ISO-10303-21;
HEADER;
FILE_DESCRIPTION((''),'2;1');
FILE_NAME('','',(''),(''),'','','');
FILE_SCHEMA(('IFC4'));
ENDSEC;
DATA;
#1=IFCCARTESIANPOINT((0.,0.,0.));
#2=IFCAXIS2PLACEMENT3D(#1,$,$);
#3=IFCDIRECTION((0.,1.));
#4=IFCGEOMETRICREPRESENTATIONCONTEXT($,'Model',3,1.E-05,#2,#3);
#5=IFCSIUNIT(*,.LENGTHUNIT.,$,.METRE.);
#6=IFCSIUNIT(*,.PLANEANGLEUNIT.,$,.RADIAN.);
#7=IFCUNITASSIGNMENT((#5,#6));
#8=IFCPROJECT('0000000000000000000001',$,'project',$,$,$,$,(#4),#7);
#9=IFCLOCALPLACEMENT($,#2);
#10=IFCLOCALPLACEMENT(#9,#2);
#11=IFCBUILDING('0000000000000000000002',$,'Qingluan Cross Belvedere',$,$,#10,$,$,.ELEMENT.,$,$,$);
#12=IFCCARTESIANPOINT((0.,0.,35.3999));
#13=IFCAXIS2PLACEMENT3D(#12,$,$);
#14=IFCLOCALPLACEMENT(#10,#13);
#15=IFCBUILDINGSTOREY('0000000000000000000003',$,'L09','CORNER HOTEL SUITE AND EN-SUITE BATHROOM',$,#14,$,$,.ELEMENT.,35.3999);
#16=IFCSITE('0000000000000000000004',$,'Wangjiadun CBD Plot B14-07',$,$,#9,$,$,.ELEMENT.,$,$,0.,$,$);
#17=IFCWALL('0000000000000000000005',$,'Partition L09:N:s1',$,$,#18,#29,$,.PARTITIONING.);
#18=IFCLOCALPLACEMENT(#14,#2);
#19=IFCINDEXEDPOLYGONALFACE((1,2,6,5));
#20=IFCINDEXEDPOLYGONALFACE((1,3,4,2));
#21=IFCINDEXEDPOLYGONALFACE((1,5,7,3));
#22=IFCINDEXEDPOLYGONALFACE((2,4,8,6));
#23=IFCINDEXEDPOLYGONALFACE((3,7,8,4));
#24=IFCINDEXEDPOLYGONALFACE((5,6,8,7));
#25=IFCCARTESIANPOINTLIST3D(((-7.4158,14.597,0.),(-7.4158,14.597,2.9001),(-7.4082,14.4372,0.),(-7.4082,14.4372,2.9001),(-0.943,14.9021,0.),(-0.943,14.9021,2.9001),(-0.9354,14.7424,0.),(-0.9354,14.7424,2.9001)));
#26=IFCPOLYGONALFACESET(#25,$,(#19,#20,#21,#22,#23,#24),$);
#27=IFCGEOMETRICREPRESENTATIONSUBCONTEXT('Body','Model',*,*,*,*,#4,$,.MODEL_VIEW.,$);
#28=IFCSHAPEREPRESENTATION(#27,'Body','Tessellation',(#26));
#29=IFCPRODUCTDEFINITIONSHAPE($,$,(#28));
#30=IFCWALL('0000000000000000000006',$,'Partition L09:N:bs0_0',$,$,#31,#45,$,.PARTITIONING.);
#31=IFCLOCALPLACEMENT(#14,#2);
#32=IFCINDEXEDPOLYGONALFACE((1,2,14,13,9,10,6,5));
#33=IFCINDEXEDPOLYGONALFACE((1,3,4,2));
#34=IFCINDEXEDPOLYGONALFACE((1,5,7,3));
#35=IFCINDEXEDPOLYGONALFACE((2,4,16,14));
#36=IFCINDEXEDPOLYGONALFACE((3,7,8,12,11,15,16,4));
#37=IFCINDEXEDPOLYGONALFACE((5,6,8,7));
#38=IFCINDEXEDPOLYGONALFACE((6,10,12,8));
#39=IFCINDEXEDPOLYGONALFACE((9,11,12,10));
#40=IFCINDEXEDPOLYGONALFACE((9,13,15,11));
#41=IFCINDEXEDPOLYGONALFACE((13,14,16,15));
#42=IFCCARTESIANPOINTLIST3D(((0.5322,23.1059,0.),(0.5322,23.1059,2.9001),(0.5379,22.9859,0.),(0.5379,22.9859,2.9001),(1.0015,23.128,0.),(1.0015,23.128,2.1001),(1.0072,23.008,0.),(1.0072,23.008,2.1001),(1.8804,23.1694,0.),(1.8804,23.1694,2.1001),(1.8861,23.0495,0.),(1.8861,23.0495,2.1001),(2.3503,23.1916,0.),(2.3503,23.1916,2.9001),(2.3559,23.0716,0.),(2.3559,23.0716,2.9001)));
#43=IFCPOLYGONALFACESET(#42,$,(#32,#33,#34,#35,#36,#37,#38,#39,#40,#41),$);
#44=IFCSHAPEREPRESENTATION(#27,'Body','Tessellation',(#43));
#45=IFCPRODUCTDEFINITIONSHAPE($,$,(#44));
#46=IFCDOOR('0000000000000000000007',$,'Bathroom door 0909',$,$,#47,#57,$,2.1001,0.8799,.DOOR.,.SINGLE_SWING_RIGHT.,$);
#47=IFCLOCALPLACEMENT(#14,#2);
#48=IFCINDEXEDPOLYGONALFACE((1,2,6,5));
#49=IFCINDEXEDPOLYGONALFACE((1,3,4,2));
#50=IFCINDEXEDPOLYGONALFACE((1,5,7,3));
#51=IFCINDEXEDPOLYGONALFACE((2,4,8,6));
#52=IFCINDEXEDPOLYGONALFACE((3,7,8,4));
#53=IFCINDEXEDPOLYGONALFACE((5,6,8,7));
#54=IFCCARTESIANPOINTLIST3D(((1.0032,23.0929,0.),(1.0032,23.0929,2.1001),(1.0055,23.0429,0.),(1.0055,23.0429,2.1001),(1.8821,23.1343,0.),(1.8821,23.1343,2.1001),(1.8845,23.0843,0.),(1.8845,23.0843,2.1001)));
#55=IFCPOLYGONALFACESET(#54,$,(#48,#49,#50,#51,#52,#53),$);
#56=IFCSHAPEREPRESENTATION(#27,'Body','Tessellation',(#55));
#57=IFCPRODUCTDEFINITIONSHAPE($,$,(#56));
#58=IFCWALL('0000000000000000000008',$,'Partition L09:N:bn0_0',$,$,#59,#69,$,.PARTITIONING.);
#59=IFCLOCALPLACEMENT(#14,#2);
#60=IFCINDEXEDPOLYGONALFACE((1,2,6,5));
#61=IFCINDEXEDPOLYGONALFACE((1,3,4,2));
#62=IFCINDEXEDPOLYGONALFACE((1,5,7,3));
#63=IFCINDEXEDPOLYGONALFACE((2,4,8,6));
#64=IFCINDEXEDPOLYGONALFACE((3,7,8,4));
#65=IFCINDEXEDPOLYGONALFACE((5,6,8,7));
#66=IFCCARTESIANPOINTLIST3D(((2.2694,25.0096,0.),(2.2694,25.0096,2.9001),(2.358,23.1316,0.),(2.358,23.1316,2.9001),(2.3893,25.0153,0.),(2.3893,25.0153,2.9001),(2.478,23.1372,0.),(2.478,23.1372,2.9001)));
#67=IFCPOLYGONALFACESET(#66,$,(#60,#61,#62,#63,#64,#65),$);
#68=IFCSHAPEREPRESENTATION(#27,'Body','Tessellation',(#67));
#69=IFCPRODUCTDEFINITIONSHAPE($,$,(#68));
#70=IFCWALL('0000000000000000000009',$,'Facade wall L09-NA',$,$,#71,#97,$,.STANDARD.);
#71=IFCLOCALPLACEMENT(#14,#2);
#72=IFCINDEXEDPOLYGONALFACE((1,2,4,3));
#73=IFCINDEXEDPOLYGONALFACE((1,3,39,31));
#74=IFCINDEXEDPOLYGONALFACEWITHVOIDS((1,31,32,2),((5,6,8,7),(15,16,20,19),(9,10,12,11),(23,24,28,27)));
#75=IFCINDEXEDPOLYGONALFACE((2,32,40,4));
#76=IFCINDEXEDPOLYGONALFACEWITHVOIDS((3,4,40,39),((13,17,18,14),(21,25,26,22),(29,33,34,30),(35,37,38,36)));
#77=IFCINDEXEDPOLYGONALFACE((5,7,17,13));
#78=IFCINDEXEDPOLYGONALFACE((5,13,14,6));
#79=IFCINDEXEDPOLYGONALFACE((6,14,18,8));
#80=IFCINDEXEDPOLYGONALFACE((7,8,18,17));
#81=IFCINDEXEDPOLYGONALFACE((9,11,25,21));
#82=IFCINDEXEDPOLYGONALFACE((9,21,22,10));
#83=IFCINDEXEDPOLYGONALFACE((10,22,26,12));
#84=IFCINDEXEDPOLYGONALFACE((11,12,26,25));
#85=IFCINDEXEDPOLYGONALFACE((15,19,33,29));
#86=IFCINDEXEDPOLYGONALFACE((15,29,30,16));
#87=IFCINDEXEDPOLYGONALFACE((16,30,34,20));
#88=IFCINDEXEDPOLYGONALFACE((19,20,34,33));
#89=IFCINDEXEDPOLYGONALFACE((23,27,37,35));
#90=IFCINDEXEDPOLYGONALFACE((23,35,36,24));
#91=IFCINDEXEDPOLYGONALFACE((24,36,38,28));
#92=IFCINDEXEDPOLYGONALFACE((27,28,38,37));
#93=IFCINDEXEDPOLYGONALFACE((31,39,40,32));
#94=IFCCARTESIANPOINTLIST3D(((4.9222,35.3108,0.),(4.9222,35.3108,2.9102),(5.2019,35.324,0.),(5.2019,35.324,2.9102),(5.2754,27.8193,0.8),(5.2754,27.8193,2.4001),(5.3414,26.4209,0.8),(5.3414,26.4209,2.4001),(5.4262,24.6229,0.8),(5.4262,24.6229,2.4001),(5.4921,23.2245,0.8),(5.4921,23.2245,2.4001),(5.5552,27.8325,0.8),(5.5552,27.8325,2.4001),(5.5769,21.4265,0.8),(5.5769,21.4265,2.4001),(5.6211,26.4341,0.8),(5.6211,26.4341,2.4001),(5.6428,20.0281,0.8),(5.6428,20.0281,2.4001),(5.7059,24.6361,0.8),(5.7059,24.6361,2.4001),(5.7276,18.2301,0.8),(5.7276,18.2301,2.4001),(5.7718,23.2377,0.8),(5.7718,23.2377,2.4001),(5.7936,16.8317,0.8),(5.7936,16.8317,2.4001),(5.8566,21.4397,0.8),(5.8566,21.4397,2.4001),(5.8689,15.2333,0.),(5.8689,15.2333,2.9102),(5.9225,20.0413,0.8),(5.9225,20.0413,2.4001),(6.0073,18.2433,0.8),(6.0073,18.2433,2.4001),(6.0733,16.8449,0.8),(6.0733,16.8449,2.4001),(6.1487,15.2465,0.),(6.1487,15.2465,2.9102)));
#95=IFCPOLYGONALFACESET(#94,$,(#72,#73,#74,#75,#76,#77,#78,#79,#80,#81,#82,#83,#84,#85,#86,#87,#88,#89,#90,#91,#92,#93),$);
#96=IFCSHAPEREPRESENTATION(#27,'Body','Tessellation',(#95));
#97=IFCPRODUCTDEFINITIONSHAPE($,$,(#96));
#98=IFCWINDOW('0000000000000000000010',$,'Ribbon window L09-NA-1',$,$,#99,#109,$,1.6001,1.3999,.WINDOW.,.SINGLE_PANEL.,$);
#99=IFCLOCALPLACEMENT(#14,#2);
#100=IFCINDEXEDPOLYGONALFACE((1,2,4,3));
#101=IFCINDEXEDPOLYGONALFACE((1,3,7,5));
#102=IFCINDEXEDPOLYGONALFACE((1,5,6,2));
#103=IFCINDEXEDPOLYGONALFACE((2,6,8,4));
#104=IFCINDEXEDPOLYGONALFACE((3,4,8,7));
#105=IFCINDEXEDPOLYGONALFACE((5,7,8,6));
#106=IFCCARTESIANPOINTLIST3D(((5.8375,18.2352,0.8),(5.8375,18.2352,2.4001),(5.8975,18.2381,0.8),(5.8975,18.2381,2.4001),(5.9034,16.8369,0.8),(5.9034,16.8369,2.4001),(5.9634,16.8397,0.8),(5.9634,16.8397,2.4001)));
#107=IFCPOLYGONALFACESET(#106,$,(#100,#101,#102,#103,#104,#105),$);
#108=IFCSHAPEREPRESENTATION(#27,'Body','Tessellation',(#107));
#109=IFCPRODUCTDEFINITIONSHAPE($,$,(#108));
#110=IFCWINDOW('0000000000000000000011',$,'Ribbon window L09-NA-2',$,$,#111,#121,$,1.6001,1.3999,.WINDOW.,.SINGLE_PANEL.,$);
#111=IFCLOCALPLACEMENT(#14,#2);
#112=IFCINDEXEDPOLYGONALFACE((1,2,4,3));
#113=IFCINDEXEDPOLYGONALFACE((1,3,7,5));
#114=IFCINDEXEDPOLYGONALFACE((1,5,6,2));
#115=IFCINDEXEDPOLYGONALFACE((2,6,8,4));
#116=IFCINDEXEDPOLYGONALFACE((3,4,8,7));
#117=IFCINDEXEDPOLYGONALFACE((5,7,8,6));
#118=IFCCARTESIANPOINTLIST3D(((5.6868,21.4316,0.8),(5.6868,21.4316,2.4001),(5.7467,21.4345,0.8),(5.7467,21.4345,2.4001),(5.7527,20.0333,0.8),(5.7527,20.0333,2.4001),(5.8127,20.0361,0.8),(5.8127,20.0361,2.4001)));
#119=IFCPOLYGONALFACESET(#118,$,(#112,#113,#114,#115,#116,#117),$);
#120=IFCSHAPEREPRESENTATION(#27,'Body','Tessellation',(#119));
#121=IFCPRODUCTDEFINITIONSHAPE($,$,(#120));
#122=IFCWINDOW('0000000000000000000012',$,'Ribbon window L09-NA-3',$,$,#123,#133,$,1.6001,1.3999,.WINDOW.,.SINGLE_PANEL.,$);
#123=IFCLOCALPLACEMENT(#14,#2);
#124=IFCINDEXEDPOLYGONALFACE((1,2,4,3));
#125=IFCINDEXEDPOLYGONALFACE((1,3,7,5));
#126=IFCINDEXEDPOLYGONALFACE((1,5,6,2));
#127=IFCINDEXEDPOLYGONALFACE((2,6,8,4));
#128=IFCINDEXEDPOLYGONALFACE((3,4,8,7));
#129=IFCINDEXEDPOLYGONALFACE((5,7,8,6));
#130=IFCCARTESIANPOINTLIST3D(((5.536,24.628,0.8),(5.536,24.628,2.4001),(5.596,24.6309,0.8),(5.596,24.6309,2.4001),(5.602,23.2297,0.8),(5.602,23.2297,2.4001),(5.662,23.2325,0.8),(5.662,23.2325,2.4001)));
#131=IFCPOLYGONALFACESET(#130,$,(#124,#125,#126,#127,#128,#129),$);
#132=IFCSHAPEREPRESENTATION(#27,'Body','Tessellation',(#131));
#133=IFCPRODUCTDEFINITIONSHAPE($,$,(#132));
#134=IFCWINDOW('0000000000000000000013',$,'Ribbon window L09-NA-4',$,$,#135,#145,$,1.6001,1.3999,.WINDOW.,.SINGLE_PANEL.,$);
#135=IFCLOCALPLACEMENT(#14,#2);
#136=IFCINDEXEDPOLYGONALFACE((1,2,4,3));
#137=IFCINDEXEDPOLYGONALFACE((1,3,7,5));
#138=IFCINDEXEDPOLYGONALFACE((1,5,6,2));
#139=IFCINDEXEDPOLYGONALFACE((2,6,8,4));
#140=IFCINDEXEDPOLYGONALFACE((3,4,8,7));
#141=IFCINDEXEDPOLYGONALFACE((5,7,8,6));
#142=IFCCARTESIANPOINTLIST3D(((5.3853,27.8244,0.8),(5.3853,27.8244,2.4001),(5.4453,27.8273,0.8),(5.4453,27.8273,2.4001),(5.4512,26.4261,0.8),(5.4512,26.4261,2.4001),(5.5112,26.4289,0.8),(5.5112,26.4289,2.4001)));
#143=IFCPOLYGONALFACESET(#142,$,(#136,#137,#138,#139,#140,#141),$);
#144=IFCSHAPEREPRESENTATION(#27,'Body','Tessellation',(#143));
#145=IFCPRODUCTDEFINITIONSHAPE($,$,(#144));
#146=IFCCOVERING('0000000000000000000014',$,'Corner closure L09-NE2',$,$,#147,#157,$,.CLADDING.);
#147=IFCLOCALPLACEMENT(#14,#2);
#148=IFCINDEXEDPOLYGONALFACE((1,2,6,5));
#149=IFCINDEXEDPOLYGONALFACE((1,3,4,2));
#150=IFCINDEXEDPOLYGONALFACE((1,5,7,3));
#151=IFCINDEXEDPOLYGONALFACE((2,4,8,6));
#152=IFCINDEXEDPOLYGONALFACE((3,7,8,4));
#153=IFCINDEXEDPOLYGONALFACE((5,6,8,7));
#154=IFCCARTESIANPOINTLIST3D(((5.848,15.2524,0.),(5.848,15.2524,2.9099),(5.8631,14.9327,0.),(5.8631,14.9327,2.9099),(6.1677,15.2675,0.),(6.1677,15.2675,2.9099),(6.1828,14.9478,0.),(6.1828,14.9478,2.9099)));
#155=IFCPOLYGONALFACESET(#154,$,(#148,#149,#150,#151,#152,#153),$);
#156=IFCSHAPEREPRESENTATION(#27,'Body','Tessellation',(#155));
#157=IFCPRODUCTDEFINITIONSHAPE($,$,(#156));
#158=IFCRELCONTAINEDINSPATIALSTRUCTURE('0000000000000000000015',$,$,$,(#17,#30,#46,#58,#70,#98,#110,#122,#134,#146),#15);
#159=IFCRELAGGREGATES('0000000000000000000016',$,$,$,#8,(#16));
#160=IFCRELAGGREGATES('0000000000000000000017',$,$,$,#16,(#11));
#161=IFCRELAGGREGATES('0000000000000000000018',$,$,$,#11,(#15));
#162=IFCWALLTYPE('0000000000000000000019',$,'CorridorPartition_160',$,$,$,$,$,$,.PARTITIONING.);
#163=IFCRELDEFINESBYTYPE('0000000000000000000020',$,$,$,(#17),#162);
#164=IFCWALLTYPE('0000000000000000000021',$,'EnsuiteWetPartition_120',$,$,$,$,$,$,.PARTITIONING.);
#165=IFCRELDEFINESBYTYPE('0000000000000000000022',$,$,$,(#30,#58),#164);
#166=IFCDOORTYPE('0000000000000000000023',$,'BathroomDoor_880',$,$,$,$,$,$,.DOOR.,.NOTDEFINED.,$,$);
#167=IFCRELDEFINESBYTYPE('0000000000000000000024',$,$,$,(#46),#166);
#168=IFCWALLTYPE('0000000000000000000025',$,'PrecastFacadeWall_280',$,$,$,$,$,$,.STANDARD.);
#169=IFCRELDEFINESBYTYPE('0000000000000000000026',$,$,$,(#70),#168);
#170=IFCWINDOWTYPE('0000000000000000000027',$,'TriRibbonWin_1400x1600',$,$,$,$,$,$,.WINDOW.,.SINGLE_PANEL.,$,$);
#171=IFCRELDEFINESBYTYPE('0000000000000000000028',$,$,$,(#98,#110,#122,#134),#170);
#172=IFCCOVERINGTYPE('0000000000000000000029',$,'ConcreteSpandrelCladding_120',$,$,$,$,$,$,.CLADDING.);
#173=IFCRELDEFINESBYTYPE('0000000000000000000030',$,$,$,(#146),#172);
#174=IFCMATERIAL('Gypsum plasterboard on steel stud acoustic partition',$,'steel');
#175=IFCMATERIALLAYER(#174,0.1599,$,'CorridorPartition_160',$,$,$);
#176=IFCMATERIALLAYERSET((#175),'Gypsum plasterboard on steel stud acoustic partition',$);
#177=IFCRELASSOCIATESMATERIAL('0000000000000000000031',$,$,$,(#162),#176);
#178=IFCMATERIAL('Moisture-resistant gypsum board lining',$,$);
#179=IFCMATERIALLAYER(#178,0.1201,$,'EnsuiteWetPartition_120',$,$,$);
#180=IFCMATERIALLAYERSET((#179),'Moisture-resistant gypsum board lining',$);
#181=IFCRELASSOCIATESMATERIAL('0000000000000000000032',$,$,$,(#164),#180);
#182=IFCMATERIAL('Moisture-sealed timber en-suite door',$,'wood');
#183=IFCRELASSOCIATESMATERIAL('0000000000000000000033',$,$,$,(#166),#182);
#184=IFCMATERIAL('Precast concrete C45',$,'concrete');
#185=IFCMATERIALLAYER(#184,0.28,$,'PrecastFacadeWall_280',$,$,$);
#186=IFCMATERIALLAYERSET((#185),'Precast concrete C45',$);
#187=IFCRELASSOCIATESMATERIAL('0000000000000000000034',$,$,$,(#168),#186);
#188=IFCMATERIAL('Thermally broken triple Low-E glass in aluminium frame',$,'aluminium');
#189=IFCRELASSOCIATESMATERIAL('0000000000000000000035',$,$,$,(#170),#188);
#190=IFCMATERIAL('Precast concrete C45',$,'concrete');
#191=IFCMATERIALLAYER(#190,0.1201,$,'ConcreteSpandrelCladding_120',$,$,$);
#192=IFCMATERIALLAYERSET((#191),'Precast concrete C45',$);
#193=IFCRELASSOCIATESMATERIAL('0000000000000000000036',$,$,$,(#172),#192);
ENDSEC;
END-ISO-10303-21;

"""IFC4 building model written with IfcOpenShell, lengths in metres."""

from ifc_helpers import new_model, si_unit, direction, frame, frame_2d, origin, origin_2d, place, context, subcontext, project, spatial, rectangle, extrude, material, layer, layer_set, type_object, element, fill, save


model = new_model("IFC4")

# Units and contexts
model_context = context("Model", 3, precision=1e-05, world=origin(), true_north=direction((0.0, 1.0)))
body_context = subcontext(model_context, "Body", "Model", "MODEL_VIEW")
ifc_project = project(units=[si_unit("LENGTHUNIT", "METRE"), si_unit("PLANEANGLEUNIT", "RADIAN")], contexts=[model_context])

# Site, building, storey
site_placement = place(None, origin())
site = spatial("IfcSite", under=ifc_project, at=site_placement, Name="Wangjiadun CBD Plot B14-07", CompositionType="ELEMENT", RefElevation=0.0)
building_placement = place(site_placement, origin())
building = spatial("IfcBuilding", under=site, at=building_placement, Name="Qingluan Cross Belvedere", CompositionType="ELEMENT")
storey_placement = place(building_placement, frame((0.0, 0.0, 35.3999)))
storey = spatial("IfcBuildingStorey", under=building, at=storey_placement, Name="L09", Description="CORNER HOTEL SUITE AND EN-SUITE BATHROOM", CompositionType="ELEMENT", Elevation=35.3999)

# Shared definitions
ifc_material_1 = material(Name="Gypsum plasterboard on steel stud acoustic partition", Category="steel")
ifc_layer_1 = layer(ifc_material_1, 0.1599, Name="CorridorPartition_160")
ifc_layer_set_1 = layer_set([ifc_layer_1], Name="Gypsum plasterboard on steel stud acoustic partition")
wall_type_1 = type_object("IfcWallType", Name="CorridorPartition_160", PredefinedType="PARTITIONING", material=ifc_layer_set_1)

# Wall
wall_1_placement = place(storey_placement, frame((-0.9392, 14.8223, 0.0), z_axis=(0.0, 0.0, 1.0), x_axis=(-0.99889, -0.047094, 0.0)))
element("IfcWall", 1, at=wall_1_placement, inside=storey, type_object=wall_type_1, Name="Partition L09:N:s1", PredefinedType="PARTITIONING", context=body_context, shape_type="SweptSolid", body=[
    extrude(rectangle(XDim=6.48, YDim=0.1599, at=frame_2d((3.24, 0.0))), origin(), (0.0, 0.0, 1.0), 2.9001),
])

# Wall, opening, door
ifc_material_2 = material(Name="Moisture-resistant gypsum board lining")
ifc_layer_2 = layer(ifc_material_2, 0.1201, Name="EnsuiteWetPartition_120")
ifc_layer_set_2 = layer_set([ifc_layer_2], Name="Moisture-resistant gypsum board lining")
wall_type_2 = type_object("IfcWallType", Name="EnsuiteWetPartition_120", PredefinedType="PARTITIONING", material=ifc_layer_set_2)
wall_2_placement = place(storey_placement, frame((0.5349, 23.0459, 0.0), z_axis=(0.0, 0.0, 1.0), x_axis=(0.998891, 0.047081, 0.0)))
wall_2 = element("IfcWall", 2, at=wall_2_placement, inside=storey, type_object=wall_type_2, Name="Partition L09:N:bs0_0", PredefinedType="PARTITIONING", context=body_context, shape_type="SweptSolid", body=[
    extrude(rectangle(XDim=1.8201, YDim=0.1201, at=frame_2d((0.9102, 0.0))), origin(), (0.0, 0.0, 1.0), 2.9001),
])
opening_1_placement = place(wall_2_placement, frame((0.47, 0.0, 0.0)))
opening_1 = element("IfcOpeningElement", 3, at=opening_1_placement, cuts=wall_2, PredefinedType="OPENING", context=body_context, shape_type="SweptSolid", body=[
    extrude(rectangle(XDim=0.8799, YDim=2.1001, at=frame_2d((0.4399, 1.05))), frame((0.0, 0.0701, 0.0), z_axis=(0.0, -1.0, 0.0), x_axis=(1.0, 0.0, 0.0)), (0.0, 0.0, 1.0), 0.1401),
])
ifc_material_3 = material(Name="Moisture-sealed timber en-suite door", Category="wood")
door_type_1 = type_object("IfcDoorType", Name="BathroomDoor_880", OperationType="NOTDEFINED", PredefinedType="DOOR", material=ifc_material_3)
door_1_placement = place(opening_1_placement, origin())
door_1 = element("IfcDoor", 4, at=door_1_placement, inside=storey, type_object=door_type_1, Name="Bathroom door 0909", OperationType="SINGLE_SWING_RIGHT", OverallHeight=2.1001, OverallWidth=0.8799, PredefinedType="DOOR", context=body_context, shape_type="SweptSolid", body=[
    extrude(rectangle(XDim=0.8799, YDim=2.1001, at=frame_2d((0.4399, 1.05))), frame((0.0, 0.0249, 0.0), z_axis=(0.0, -1.0, 0.0), x_axis=(1.0, 0.0, 0.0)), (0.0, 0.0, 1.0), 0.05),
])
fill(opening_1, door_1)

# Wall
wall_3_placement = place(storey_placement, frame((2.418, 23.1345, 0.0), z_axis=(0.0, 0.0, 1.0), x_axis=(-0.047139, 0.998888, 0.0)))
element("IfcWall", 5, at=wall_3_placement, inside=storey, type_object=wall_type_2, Name="Partition L09:N:bn0_0", PredefinedType="PARTITIONING", context=body_context, shape_type="SweptSolid", body=[
    extrude(rectangle(XDim=1.8801, YDim=0.1201, at=frame_2d((0.9399, 0.0))), origin(), (0.0, 0.0, 1.0), 2.9001),
])

# Wall, openings, windows
ifc_material_4 = material(Name="Precast concrete C45", Category="concrete")
ifc_layer_3 = layer(ifc_material_4, 0.28, Name="PrecastFacadeWall_280")
ifc_layer_set_3 = layer_set([ifc_layer_3], Name="Precast concrete C45")
wall_type_3 = type_object("IfcWallType", Name="PrecastFacadeWall_280", PredefinedType="STANDARD", material=ifc_layer_set_3)
wall_4_placement = place(storey_placement, frame((6.0088, 15.24, 0.0), z_axis=(0.0, 0.0, 1.0), x_axis=(-0.047103, 0.99889, 0.0)))
wall_4 = element("IfcWall", 6, at=wall_4_placement, inside=storey, type_object=wall_type_3, Name="Facade wall L09-NA", PredefinedType="STANDARD", context=body_context, shape_type="SweptSolid", body=[
    extrude(rectangle(XDim=20.0999, YDim=0.28, at=frame_2d((10.0498, 0.0))), origin(), (0.0, 0.0, 1.0), 2.9102),
])
opening_2_placement = place(wall_4_placement, frame((1.6001, 0.0, 0.8)))
opening_2 = element("IfcOpeningElement", 7, at=opening_2_placement, cuts=wall_4, PredefinedType="OPENING", context=body_context, shape_type="SweptSolid", body=[
    extrude(rectangle(XDim=1.3999, YDim=1.6001, at=frame_2d((0.7, 0.8))), frame((0.0, 0.1499, 0.0), z_axis=(0.0, -1.0, 0.0), x_axis=(1.0, 0.0, 0.0)), (0.0, 0.0, 1.0), 0.3),
])
opening_3_placement = place(wall_4_placement, frame((4.8, 0.0, 0.8)))
opening_3 = element("IfcOpeningElement", 8, at=opening_3_placement, cuts=wall_4, PredefinedType="OPENING", context=body_context, shape_type="SweptSolid", body=[
    extrude(rectangle(XDim=1.3999, YDim=1.6001, at=frame_2d((0.7, 0.8))), frame((0.0, 0.1499, 0.0), z_axis=(0.0, -1.0, 0.0), x_axis=(1.0, 0.0, 0.0)), (0.0, 0.0, 1.0), 0.3),
])
opening_4_placement = place(wall_4_placement, frame((8.0, 0.0, 0.8)))
opening_4 = element("IfcOpeningElement", 9, at=opening_4_placement, cuts=wall_4, PredefinedType="OPENING", context=body_context, shape_type="SweptSolid", body=[
    extrude(rectangle(XDim=1.3999, YDim=1.6001, at=frame_2d((0.7, 0.8))), frame((0.0, 0.1499, 0.0), z_axis=(0.0, -1.0, 0.0), x_axis=(1.0, 0.0, 0.0)), (0.0, 0.0, 1.0), 0.3),
])
opening_5_placement = place(wall_4_placement, frame((11.2, 0.0, 0.8)))
opening_5 = element("IfcOpeningElement", 10, at=opening_5_placement, cuts=wall_4, PredefinedType="OPENING", context=body_context, shape_type="SweptSolid", body=[
    extrude(rectangle(XDim=1.3999, YDim=1.6001, at=frame_2d((0.7, 0.8))), frame((0.0, 0.1499, 0.0), z_axis=(0.0, -1.0, 0.0), x_axis=(1.0, 0.0, 0.0)), (0.0, 0.0, 1.0), 0.3),
])
ifc_material_5 = material(Name="Thermally broken triple Low-E glass in aluminium frame", Category="aluminium")
window_type = type_object("IfcWindowType", Name="TriRibbonWin_1400x1600", PartitioningType="SINGLE_PANEL", PredefinedType="WINDOW", material=ifc_material_5)
window_1_placement = place(opening_2_placement, origin())
window_1 = element("IfcWindow", 11, at=window_1_placement, inside=storey, type_object=window_type, Name="Ribbon window L09-NA-1", OverallHeight=1.6001, OverallWidth=1.3999, PartitioningType="SINGLE_PANEL", PredefinedType="WINDOW", context=body_context, shape_type="SweptSolid", body=[
    extrude(rectangle(XDim=1.3999, YDim=1.6001, at=frame_2d((0.7, 0.8))), frame((0.0, 0.03, 0.0), z_axis=(0.0, -1.0, 0.0), x_axis=(1.0, 0.0, 0.0)), (0.0, 0.0, 1.0), 0.0601),
])
fill(opening_2, window_1)
window_2_placement = place(opening_3_placement, origin())
window_2 = element("IfcWindow", 12, at=window_2_placement, inside=storey, type_object=window_type, Name="Ribbon window L09-NA-2", OverallHeight=1.6001, OverallWidth=1.3999, PartitioningType="SINGLE_PANEL", PredefinedType="WINDOW", context=body_context, shape_type="SweptSolid", body=[
    extrude(rectangle(XDim=1.3999, YDim=1.6001, at=frame_2d((0.7, 0.8))), frame((0.0, 0.03, 0.0), z_axis=(0.0, -1.0, 0.0), x_axis=(1.0, 0.0, 0.0)), (0.0, 0.0, 1.0), 0.0601),
])
fill(opening_3, window_2)
window_3_placement = place(opening_4_placement, origin())
window_3 = element("IfcWindow", 13, at=window_3_placement, inside=storey, type_object=window_type, Name="Ribbon window L09-NA-3", OverallHeight=1.6001, OverallWidth=1.3999, PartitioningType="SINGLE_PANEL", PredefinedType="WINDOW", context=body_context, shape_type="SweptSolid", body=[
    extrude(rectangle(XDim=1.3999, YDim=1.6001, at=frame_2d((0.7, 0.8))), frame((0.0, 0.03, 0.0), z_axis=(0.0, -1.0, 0.0), x_axis=(1.0, 0.0, 0.0)), (0.0, 0.0, 1.0), 0.0601),
])
fill(opening_4, window_3)
window_4_placement = place(opening_5_placement, origin())
window_4 = element("IfcWindow", 14, at=window_4_placement, inside=storey, type_object=window_type, Name="Ribbon window L09-NA-4", OverallHeight=1.6001, OverallWidth=1.3999, PartitioningType="SINGLE_PANEL", PredefinedType="WINDOW", context=body_context, shape_type="SweptSolid", body=[
    extrude(rectangle(XDim=1.3999, YDim=1.6001, at=frame_2d((0.7, 0.8))), frame((0.0, 0.03, 0.0), z_axis=(0.0, -1.0, 0.0), x_axis=(1.0, 0.0, 0.0)), (0.0, 0.0, 1.0), 0.0601),
])
fill(opening_5, window_4)

# Covering
ifc_material_6 = material(Name="Precast concrete C45", Category="concrete")
ifc_layer_4 = layer(ifc_material_6, 0.1201, Name="ConcreteSpandrelCladding_120")
ifc_layer_set_4 = layer_set([ifc_layer_4], Name="Precast concrete C45")
covering_type = type_object("IfcCoveringType", Name="ConcreteSpandrelCladding_120", PredefinedType="CLADDING", material=ifc_layer_set_4)
covering_placement = place(storey_placement, frame((6.0154, 15.1001, 0.0), z_axis=(0.0, 0.0, 1.0), x_axis=(0.99889, 0.047106, 0.0)))
element("IfcCovering", 15, at=covering_placement, inside=storey, type_object=covering_type, Name="Corner closure L09-NE2", PredefinedType="CLADDING", context=body_context, shape_type="SweptSolid", body=[
    extrude(rectangle(XDim=0.3201, YDim=0.3201, at=origin_2d()), origin(), (0.0, 0.0, 1.0), 2.9099),
])

save(model, "model.ifc")
